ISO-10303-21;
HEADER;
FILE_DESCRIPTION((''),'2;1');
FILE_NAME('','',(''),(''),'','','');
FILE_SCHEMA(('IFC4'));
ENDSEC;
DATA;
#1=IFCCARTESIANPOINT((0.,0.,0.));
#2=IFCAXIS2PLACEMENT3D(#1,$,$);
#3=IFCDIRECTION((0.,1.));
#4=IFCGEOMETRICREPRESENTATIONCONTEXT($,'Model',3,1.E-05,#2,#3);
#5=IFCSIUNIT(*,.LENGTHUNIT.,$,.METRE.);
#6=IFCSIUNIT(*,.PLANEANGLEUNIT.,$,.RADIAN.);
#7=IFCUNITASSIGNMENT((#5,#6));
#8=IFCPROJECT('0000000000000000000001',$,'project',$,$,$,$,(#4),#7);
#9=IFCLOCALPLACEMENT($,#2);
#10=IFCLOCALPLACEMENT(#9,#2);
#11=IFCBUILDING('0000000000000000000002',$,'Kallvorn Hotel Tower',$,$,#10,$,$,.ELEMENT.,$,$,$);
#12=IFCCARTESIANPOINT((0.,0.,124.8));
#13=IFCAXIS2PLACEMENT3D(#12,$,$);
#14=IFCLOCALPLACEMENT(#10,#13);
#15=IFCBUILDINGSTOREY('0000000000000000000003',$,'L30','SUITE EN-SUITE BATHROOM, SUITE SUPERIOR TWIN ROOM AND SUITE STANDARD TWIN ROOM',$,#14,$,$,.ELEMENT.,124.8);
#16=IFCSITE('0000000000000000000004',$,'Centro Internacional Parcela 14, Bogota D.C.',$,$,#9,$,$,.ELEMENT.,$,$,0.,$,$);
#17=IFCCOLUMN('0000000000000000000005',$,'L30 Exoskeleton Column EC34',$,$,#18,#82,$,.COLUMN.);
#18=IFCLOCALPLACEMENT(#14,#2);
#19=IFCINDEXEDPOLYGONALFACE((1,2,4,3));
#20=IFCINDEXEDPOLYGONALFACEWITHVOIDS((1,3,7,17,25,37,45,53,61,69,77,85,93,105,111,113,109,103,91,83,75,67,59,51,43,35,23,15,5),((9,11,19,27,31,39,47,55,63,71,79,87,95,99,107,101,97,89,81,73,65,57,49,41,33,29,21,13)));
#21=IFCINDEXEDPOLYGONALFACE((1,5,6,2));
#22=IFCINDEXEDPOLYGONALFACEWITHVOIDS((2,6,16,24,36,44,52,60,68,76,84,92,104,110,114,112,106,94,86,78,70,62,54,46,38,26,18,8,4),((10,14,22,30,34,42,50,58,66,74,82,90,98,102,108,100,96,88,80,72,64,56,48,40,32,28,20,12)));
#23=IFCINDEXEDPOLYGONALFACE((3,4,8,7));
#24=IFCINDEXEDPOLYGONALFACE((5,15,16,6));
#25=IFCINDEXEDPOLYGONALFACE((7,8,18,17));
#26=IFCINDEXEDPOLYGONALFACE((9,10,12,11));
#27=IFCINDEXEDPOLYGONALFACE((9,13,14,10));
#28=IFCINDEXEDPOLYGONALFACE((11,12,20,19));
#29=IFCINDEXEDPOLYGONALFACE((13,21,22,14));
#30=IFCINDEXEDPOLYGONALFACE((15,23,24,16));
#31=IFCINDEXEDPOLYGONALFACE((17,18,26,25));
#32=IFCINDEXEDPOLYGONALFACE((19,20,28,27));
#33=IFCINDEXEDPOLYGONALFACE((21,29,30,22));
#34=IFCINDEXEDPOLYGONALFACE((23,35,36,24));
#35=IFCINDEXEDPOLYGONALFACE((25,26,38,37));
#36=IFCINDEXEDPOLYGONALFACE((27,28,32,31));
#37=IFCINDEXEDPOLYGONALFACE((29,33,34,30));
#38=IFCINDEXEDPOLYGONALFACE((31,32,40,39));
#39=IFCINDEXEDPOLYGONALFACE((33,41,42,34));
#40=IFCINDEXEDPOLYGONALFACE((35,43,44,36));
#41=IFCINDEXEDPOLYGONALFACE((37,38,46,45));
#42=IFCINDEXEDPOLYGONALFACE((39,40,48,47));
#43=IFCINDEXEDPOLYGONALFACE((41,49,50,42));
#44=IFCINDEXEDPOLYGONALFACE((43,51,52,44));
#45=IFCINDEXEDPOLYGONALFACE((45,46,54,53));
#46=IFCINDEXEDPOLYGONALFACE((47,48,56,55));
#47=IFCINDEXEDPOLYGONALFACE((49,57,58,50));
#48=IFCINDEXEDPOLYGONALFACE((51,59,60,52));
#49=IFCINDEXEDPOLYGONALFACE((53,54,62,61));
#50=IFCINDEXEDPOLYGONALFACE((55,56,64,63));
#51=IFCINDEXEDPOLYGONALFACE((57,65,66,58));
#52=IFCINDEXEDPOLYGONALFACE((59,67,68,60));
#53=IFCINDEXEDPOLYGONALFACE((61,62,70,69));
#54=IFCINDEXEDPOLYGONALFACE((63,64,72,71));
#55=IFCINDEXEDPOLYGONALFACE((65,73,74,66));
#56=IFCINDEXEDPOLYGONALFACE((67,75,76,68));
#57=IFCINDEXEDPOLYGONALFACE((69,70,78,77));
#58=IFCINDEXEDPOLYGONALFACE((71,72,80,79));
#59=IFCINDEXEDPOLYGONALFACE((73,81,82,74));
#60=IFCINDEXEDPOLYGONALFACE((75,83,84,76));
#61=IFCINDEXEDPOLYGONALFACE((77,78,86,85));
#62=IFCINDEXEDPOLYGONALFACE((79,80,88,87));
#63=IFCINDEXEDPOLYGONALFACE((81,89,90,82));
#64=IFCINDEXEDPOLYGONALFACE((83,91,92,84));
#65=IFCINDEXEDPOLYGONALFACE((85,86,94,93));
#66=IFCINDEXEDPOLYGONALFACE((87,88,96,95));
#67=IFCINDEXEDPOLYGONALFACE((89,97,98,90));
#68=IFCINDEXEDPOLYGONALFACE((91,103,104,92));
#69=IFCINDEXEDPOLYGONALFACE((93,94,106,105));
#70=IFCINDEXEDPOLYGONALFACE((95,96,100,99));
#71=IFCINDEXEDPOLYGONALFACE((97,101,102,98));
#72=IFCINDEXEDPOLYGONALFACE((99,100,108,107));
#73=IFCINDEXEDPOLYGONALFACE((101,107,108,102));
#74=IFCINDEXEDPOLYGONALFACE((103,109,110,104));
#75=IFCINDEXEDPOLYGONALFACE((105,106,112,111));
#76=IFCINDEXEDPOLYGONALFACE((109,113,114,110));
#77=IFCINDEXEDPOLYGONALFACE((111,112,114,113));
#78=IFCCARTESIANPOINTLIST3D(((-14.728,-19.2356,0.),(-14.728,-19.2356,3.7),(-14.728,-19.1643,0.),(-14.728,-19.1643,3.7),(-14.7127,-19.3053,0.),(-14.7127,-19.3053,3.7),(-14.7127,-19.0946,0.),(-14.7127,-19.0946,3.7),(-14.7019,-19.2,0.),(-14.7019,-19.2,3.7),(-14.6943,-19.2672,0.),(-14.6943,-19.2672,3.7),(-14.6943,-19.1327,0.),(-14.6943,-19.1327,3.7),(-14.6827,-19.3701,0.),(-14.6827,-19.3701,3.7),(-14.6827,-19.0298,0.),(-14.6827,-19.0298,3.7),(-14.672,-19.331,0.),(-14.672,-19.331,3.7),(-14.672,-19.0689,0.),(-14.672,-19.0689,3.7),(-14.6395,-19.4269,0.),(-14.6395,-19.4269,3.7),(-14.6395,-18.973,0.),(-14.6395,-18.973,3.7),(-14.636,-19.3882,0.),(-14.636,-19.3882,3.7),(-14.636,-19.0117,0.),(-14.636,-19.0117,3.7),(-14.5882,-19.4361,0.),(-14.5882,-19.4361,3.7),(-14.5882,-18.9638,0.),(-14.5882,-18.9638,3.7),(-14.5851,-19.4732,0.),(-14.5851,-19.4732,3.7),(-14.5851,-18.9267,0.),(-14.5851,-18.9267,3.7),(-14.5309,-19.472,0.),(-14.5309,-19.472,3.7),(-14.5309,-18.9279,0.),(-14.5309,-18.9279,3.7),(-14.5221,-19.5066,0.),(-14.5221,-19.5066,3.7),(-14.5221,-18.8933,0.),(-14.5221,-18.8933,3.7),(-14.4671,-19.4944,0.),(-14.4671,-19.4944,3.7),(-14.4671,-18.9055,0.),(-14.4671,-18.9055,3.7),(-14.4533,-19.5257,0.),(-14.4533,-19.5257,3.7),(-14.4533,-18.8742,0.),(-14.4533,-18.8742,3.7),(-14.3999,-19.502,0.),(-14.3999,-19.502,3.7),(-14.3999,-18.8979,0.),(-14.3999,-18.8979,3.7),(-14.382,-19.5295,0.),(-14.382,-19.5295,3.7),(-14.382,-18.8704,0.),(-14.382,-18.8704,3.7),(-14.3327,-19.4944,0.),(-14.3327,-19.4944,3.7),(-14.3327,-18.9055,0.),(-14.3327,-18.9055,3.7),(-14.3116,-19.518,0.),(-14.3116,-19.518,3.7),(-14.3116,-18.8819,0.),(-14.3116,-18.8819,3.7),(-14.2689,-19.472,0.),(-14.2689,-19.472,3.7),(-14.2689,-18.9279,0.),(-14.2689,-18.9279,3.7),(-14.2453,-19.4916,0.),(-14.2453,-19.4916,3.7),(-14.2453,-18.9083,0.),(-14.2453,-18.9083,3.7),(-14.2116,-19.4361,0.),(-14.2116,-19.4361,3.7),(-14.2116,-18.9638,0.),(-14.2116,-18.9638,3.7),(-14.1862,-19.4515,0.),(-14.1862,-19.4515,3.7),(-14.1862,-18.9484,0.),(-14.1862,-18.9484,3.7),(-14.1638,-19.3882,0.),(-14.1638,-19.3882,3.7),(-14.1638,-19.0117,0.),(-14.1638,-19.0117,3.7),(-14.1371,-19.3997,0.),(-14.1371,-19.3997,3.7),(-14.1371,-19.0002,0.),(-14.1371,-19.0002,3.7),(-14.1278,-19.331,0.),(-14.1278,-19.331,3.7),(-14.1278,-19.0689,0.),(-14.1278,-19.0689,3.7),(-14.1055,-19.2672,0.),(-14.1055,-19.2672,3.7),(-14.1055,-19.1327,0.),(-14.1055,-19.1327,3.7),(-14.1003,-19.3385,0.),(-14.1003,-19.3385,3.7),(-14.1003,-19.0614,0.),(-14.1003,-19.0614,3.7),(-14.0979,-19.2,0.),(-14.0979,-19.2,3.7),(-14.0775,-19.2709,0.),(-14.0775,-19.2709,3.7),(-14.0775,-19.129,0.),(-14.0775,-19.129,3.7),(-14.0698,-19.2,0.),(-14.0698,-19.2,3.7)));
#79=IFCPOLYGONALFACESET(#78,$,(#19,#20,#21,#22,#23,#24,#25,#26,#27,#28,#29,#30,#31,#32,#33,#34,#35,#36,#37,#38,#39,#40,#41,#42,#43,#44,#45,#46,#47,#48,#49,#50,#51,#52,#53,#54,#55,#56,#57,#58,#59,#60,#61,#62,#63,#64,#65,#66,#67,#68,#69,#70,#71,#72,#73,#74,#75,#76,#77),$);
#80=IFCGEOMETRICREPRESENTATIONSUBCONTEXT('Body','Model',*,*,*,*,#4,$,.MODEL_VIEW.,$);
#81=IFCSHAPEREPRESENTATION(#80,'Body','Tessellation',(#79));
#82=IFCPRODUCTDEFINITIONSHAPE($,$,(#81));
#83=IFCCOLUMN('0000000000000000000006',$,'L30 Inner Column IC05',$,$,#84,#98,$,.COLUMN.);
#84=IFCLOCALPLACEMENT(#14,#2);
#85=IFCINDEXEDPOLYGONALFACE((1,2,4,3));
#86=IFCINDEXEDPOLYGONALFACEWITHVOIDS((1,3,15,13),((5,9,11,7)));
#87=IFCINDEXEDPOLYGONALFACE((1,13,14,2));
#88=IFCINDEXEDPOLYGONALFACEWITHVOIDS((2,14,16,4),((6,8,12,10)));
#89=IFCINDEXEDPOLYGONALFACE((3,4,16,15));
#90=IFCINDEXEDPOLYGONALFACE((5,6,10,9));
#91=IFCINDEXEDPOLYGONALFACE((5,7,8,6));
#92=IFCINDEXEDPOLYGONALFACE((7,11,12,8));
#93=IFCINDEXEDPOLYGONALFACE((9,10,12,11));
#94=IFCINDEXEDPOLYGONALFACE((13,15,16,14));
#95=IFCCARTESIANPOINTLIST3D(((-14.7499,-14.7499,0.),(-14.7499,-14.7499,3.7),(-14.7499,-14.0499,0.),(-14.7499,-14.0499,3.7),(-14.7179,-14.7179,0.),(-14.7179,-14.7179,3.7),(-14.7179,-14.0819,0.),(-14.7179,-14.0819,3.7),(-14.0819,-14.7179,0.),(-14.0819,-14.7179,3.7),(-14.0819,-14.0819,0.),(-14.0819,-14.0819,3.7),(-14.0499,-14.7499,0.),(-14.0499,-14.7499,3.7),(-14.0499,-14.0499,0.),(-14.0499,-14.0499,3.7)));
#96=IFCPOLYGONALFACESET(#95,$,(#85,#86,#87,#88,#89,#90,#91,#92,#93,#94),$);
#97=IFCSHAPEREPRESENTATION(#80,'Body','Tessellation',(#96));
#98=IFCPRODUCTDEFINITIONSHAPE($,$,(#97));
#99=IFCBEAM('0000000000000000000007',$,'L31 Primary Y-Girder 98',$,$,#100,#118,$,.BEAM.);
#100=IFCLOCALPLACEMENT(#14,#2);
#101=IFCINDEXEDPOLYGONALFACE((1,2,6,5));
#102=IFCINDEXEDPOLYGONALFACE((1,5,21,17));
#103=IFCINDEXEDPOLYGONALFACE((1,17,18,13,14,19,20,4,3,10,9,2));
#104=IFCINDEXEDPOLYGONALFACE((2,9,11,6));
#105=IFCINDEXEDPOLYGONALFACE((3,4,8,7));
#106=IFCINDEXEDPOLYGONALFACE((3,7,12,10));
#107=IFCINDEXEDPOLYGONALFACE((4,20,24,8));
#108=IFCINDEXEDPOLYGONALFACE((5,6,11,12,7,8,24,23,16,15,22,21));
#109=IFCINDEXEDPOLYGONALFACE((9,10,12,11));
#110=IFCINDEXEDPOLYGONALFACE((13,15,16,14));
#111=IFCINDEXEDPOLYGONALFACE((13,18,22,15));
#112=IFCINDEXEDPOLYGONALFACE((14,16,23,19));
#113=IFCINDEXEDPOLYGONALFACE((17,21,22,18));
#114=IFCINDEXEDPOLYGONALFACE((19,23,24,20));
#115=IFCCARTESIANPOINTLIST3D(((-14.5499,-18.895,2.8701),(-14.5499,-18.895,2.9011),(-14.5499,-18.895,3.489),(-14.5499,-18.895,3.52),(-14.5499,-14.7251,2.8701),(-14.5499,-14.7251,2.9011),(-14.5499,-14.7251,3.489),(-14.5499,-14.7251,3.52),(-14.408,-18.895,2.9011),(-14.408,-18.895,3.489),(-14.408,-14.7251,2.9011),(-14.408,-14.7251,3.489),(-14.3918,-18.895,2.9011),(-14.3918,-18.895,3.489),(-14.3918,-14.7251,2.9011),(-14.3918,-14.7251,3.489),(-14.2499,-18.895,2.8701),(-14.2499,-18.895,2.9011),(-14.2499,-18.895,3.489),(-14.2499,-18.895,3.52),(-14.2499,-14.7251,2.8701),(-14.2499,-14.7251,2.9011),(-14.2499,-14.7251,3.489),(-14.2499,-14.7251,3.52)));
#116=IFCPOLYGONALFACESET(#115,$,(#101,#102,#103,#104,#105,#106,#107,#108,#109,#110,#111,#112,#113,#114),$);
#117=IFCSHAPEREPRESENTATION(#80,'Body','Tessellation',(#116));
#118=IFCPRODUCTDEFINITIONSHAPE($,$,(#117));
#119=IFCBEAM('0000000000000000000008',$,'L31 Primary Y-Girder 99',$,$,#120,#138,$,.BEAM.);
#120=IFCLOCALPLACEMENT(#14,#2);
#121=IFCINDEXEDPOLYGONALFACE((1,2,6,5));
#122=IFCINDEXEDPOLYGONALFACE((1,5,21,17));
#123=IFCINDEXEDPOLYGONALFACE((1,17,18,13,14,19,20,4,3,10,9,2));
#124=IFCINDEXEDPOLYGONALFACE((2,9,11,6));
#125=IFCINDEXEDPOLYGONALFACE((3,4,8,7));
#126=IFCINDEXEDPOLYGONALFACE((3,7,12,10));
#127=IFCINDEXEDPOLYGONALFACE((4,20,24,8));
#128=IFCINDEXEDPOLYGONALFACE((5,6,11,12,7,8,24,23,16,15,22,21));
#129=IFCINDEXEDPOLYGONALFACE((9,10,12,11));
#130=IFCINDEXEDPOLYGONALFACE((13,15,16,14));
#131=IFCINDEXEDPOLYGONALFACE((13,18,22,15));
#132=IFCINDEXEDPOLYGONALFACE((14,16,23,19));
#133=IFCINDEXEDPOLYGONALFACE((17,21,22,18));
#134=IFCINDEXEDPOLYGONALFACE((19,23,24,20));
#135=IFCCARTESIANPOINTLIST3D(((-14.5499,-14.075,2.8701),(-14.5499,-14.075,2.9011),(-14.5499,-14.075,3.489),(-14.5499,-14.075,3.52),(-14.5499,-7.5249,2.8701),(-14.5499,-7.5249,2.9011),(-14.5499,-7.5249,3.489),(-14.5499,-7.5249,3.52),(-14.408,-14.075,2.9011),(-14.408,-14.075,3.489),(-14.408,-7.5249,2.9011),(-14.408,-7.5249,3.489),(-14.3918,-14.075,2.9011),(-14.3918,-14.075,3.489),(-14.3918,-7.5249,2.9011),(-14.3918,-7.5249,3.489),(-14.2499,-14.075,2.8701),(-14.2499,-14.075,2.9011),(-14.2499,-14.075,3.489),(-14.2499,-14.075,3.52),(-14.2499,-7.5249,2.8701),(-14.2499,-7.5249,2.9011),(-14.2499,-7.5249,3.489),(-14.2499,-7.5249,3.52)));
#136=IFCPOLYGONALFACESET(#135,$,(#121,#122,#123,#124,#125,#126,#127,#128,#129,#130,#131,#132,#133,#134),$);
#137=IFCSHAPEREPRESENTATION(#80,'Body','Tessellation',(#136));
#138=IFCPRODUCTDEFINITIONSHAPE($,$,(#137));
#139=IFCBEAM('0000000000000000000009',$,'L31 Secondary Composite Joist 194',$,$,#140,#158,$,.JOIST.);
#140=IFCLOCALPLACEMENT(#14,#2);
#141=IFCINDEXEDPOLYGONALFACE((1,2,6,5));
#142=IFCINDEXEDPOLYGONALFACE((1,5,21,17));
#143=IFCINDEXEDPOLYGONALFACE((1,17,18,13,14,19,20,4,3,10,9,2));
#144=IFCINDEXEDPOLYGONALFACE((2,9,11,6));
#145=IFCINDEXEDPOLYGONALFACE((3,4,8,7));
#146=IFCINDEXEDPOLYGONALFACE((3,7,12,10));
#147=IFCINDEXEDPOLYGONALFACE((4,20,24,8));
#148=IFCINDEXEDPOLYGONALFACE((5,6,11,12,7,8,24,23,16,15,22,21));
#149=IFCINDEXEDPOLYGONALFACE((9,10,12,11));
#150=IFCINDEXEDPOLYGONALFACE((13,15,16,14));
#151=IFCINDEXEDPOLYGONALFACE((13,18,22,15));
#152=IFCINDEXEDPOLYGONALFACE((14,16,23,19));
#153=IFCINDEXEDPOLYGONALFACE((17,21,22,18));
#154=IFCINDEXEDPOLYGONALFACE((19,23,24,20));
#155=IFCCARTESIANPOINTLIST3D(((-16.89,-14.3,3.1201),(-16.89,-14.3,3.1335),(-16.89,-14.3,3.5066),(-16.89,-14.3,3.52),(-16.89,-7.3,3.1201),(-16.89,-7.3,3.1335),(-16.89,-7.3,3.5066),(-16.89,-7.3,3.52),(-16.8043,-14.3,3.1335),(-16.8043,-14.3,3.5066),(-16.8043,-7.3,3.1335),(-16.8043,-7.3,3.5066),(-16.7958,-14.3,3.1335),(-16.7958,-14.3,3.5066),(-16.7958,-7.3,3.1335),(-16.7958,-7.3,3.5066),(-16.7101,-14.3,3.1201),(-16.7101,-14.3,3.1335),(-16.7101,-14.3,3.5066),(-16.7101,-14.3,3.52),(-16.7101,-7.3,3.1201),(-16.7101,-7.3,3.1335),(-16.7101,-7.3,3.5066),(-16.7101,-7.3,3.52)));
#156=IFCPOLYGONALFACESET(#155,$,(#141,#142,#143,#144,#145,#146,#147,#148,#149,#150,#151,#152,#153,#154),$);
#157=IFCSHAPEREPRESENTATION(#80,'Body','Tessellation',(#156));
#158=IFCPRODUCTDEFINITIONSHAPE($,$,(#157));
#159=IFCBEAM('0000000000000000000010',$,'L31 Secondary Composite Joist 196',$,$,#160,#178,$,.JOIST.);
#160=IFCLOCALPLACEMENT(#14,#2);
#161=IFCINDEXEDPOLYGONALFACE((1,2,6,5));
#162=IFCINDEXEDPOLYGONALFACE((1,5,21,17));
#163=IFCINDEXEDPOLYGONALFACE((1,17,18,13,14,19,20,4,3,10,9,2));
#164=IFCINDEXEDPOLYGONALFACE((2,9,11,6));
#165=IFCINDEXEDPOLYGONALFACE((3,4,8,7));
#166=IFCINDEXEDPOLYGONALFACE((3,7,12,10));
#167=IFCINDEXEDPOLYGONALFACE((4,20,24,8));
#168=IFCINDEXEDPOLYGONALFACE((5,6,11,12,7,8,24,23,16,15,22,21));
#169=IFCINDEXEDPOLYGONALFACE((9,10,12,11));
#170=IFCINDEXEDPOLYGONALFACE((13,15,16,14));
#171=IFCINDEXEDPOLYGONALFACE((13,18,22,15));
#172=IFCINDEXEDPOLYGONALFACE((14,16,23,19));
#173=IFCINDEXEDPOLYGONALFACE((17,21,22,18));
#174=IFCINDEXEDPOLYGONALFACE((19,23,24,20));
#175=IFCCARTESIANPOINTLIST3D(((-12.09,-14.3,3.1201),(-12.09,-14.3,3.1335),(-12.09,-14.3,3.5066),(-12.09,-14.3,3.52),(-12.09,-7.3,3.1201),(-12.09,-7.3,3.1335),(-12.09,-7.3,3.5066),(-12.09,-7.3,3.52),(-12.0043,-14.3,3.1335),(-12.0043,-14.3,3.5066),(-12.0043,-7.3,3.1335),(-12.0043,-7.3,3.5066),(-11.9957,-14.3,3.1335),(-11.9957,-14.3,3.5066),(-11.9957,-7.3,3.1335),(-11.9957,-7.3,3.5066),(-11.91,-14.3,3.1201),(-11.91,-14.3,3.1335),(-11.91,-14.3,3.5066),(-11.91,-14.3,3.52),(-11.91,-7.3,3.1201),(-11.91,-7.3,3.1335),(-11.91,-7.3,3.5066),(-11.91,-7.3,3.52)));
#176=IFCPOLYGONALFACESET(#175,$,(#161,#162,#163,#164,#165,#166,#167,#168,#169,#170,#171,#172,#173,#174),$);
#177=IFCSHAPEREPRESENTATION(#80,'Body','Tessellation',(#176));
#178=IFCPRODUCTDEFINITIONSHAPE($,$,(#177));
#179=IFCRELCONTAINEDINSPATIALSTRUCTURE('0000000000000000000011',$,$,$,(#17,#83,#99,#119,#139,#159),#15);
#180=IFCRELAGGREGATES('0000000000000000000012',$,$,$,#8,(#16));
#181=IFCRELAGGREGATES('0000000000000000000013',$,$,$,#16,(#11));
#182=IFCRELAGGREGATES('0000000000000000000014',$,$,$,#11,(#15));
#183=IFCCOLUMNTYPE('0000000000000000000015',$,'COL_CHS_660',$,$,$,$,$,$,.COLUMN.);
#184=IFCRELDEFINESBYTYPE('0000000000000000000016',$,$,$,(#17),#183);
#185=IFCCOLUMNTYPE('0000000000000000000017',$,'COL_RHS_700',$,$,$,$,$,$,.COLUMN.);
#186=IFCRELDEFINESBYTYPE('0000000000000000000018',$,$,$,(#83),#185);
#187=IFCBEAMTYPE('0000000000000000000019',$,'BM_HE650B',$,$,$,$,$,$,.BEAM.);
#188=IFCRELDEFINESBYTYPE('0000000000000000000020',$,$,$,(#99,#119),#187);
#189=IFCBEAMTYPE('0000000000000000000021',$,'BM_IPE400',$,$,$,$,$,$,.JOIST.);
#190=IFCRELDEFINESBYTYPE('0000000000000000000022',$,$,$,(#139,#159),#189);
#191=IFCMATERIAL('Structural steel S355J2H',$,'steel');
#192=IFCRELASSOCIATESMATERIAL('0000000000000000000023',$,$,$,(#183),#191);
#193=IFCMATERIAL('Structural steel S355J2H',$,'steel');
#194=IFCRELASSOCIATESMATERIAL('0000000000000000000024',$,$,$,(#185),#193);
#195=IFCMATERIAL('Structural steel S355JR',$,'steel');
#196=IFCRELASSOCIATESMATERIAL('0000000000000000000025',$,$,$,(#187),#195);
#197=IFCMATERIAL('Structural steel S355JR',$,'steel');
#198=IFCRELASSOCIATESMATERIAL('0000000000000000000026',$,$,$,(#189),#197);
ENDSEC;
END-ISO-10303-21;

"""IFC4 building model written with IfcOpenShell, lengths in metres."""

from ifc_helpers import new_model, si_unit, direction, frame, origin, origin_2d, place, context, subcontext, project, spatial, hollow_rectangle, hollow_circle, i_section, extrude, material, material_profile, profile_set, type_object, element, save


model = new_model("IFC4")

# Units and contexts
model_context = context("Model", 3, precision=1e-05, world=origin(), true_north=direction((0.0, 1.0)))
body_context = subcontext(model_context, "Body", "Model", "MODEL_VIEW")
ifc_project = project(units=[si_unit("LENGTHUNIT", "METRE"), si_unit("PLANEANGLEUNIT", "RADIAN")], contexts=[model_context])

# Site, building, storey
site_placement = place(None, origin())
site = spatial("IfcSite", under=ifc_project, at=site_placement, Name="Centro Internacional Parcela 14, Bogota D.C.", CompositionType="ELEMENT", RefElevation=0.0)
building_placement = place(site_placement, origin())
building = spatial("IfcBuilding", under=site, at=building_placement, Name="Kallvorn Hotel Tower", CompositionType="ELEMENT")
storey_placement = place(building_placement, frame((0.0, 0.0, 124.8)))
storey = spatial("IfcBuildingStorey", under=building, at=storey_placement, Name="L30", Description="SUITE EN-SUITE BATHROOM, SUITE SUPERIOR TWIN ROOM AND SUITE STANDARD TWIN ROOM", CompositionType="ELEMENT", Elevation=124.8)

# Columns
ifc_material_1 = material(Name="Structural steel S355J2H", Category="steel")
ifc_material_profile_1 = material_profile(ifc_material_1, hollow_circle(Radius=0.3301, WallThickness=0.0281, at=origin_2d()), Name="CHS 660x28")
ifc_profile_set_1 = profile_set([ifc_material_profile_1], Name="Structural steel S355J2H")
column_type_1 = type_object("IfcColumnType", Name="COL_CHS_660", PredefinedType="COLUMN", material=ifc_profile_set_1)
column_1_placement = place(storey_placement, frame((-14.3999, -19.2, 0.0), z_axis=(0.0, 0.0, 1.0), x_axis=(1.0, 0.0, 0.0)))
element("IfcColumn", 1, at=column_1_placement, inside=storey, type_object=column_type_1, Name="L30 Exoskeleton Column EC34", PredefinedType="COLUMN", context=body_context, shape_type="SweptSolid", body=[
    extrude(hollow_circle(Radius=0.3301, WallThickness=0.0281, at=origin_2d()), origin(), (0.0, 0.0, 1.0), 3.7),
])
ifc_material_2 = material(Name="Structural steel S355J2H", Category="steel")
ifc_material_profile_2 = material_profile(ifc_material_2, hollow_rectangle(XDim=0.7, YDim=0.7, WallThickness=0.032, at=origin_2d()), Name="RHS 700x700x32")
ifc_profile_set_2 = profile_set([ifc_material_profile_2], Name="Structural steel S355J2H")
column_type_2 = type_object("IfcColumnType", Name="COL_RHS_700", PredefinedType="COLUMN", material=ifc_profile_set_2)
column_2_placement = place(storey_placement, frame((-14.3999, -14.3999, 0.0), z_axis=(0.0, 0.0, 1.0), x_axis=(1.0, 0.0, 0.0)))
element("IfcColumn", 2, at=column_2_placement, inside=storey, type_object=column_type_2, Name="L30 Inner Column IC05", PredefinedType="COLUMN", context=body_context, shape_type="SweptSolid", body=[
    extrude(hollow_rectangle(XDim=0.7, YDim=0.7, WallThickness=0.032, at=origin_2d()), origin(), (0.0, 0.0, 1.0), 3.7),
])

# Beams
ifc_material_3 = material(Name="Structural steel S355JR", Category="steel")
ifc_material_profile_3 = material_profile(ifc_material_3, i_section(OverallWidth=0.3, OverallDepth=0.6499, WebThickness=0.0161, FlangeThickness=0.031, at=origin_2d()), Name="HE 650 B")
ifc_profile_set_3 = profile_set([ifc_material_profile_3], Name="Structural steel S355JR")
beam_type_1 = type_object("IfcBeamType", Name="BM_HE650B", PredefinedType="BEAM", material=ifc_profile_set_3)
beam_1_placement = place(storey_placement, frame((-14.3999, -18.895, 3.1951), z_axis=(0.0, 1.0, 0.0), x_axis=(-1.0, 0.0, 0.0)))
element("IfcBeam", 3, at=beam_1_placement, inside=storey, type_object=beam_type_1, Name="L31 Primary Y-Girder 98", PredefinedType="BEAM", context=body_context, shape_type="SweptSolid", body=[
    extrude(i_section(OverallWidth=0.3, OverallDepth=0.6499, WebThickness=0.0161, FlangeThickness=0.031, at=origin_2d()), origin(), (0.0, 0.0, 1.0), 4.1699),
])
beam_2_placement = place(storey_placement, frame((-14.3999, -14.075, 3.1951), z_axis=(0.0, 1.0, 0.0), x_axis=(-1.0, 0.0, 0.0)))
element("IfcBeam", 4, at=beam_2_placement, inside=storey, type_object=beam_type_1, Name="L31 Primary Y-Girder 99", PredefinedType="BEAM", context=body_context, shape_type="SweptSolid", body=[
    extrude(i_section(OverallWidth=0.3, OverallDepth=0.6499, WebThickness=0.0161, FlangeThickness=0.031, at=origin_2d()), origin(), (0.0, 0.0, 1.0), 6.55),
])
ifc_material_4 = material(Name="Structural steel S355JR", Category="steel")
ifc_material_profile_4 = material_profile(ifc_material_4, i_section(OverallWidth=0.1799, OverallDepth=0.3999, WebThickness=0.0085, FlangeThickness=0.0134, at=origin_2d()), Name="IPE 400")
ifc_profile_set_4 = profile_set([ifc_material_profile_4], Name="Structural steel S355JR")
beam_type_2 = type_object("IfcBeamType", Name="BM_IPE400", PredefinedType="JOIST", material=ifc_profile_set_4)
for number, where, z_axis, x_axis, name in (
    (5, (-16.8, -14.3, 3.3201), (0.0, 1.0, 0.0), (-1.0, 0.0, 0.0), "L31 Secondary Composite Joist 194"),
    (6, (-12.0, -14.3, 3.3201), (0.0, 1.0, 0.0), (-1.0, 0.0, 0.0), "L31 Secondary Composite Joist 196"),
):
    element("IfcBeam", number, at=place(storey_placement, frame(where, z_axis=z_axis, x_axis=x_axis)), inside=storey, type_object=beam_type_2, Name=name, PredefinedType="JOIST", context=body_context, shape_type="SweptSolid", body=[
        extrude(i_section(OverallWidth=0.1799, OverallDepth=0.3999, WebThickness=0.0085, FlangeThickness=0.0134, at=origin_2d()), origin(), (0.0, 0.0, 1.0), 7.0),
    ])

save(model, "model.ifc")
